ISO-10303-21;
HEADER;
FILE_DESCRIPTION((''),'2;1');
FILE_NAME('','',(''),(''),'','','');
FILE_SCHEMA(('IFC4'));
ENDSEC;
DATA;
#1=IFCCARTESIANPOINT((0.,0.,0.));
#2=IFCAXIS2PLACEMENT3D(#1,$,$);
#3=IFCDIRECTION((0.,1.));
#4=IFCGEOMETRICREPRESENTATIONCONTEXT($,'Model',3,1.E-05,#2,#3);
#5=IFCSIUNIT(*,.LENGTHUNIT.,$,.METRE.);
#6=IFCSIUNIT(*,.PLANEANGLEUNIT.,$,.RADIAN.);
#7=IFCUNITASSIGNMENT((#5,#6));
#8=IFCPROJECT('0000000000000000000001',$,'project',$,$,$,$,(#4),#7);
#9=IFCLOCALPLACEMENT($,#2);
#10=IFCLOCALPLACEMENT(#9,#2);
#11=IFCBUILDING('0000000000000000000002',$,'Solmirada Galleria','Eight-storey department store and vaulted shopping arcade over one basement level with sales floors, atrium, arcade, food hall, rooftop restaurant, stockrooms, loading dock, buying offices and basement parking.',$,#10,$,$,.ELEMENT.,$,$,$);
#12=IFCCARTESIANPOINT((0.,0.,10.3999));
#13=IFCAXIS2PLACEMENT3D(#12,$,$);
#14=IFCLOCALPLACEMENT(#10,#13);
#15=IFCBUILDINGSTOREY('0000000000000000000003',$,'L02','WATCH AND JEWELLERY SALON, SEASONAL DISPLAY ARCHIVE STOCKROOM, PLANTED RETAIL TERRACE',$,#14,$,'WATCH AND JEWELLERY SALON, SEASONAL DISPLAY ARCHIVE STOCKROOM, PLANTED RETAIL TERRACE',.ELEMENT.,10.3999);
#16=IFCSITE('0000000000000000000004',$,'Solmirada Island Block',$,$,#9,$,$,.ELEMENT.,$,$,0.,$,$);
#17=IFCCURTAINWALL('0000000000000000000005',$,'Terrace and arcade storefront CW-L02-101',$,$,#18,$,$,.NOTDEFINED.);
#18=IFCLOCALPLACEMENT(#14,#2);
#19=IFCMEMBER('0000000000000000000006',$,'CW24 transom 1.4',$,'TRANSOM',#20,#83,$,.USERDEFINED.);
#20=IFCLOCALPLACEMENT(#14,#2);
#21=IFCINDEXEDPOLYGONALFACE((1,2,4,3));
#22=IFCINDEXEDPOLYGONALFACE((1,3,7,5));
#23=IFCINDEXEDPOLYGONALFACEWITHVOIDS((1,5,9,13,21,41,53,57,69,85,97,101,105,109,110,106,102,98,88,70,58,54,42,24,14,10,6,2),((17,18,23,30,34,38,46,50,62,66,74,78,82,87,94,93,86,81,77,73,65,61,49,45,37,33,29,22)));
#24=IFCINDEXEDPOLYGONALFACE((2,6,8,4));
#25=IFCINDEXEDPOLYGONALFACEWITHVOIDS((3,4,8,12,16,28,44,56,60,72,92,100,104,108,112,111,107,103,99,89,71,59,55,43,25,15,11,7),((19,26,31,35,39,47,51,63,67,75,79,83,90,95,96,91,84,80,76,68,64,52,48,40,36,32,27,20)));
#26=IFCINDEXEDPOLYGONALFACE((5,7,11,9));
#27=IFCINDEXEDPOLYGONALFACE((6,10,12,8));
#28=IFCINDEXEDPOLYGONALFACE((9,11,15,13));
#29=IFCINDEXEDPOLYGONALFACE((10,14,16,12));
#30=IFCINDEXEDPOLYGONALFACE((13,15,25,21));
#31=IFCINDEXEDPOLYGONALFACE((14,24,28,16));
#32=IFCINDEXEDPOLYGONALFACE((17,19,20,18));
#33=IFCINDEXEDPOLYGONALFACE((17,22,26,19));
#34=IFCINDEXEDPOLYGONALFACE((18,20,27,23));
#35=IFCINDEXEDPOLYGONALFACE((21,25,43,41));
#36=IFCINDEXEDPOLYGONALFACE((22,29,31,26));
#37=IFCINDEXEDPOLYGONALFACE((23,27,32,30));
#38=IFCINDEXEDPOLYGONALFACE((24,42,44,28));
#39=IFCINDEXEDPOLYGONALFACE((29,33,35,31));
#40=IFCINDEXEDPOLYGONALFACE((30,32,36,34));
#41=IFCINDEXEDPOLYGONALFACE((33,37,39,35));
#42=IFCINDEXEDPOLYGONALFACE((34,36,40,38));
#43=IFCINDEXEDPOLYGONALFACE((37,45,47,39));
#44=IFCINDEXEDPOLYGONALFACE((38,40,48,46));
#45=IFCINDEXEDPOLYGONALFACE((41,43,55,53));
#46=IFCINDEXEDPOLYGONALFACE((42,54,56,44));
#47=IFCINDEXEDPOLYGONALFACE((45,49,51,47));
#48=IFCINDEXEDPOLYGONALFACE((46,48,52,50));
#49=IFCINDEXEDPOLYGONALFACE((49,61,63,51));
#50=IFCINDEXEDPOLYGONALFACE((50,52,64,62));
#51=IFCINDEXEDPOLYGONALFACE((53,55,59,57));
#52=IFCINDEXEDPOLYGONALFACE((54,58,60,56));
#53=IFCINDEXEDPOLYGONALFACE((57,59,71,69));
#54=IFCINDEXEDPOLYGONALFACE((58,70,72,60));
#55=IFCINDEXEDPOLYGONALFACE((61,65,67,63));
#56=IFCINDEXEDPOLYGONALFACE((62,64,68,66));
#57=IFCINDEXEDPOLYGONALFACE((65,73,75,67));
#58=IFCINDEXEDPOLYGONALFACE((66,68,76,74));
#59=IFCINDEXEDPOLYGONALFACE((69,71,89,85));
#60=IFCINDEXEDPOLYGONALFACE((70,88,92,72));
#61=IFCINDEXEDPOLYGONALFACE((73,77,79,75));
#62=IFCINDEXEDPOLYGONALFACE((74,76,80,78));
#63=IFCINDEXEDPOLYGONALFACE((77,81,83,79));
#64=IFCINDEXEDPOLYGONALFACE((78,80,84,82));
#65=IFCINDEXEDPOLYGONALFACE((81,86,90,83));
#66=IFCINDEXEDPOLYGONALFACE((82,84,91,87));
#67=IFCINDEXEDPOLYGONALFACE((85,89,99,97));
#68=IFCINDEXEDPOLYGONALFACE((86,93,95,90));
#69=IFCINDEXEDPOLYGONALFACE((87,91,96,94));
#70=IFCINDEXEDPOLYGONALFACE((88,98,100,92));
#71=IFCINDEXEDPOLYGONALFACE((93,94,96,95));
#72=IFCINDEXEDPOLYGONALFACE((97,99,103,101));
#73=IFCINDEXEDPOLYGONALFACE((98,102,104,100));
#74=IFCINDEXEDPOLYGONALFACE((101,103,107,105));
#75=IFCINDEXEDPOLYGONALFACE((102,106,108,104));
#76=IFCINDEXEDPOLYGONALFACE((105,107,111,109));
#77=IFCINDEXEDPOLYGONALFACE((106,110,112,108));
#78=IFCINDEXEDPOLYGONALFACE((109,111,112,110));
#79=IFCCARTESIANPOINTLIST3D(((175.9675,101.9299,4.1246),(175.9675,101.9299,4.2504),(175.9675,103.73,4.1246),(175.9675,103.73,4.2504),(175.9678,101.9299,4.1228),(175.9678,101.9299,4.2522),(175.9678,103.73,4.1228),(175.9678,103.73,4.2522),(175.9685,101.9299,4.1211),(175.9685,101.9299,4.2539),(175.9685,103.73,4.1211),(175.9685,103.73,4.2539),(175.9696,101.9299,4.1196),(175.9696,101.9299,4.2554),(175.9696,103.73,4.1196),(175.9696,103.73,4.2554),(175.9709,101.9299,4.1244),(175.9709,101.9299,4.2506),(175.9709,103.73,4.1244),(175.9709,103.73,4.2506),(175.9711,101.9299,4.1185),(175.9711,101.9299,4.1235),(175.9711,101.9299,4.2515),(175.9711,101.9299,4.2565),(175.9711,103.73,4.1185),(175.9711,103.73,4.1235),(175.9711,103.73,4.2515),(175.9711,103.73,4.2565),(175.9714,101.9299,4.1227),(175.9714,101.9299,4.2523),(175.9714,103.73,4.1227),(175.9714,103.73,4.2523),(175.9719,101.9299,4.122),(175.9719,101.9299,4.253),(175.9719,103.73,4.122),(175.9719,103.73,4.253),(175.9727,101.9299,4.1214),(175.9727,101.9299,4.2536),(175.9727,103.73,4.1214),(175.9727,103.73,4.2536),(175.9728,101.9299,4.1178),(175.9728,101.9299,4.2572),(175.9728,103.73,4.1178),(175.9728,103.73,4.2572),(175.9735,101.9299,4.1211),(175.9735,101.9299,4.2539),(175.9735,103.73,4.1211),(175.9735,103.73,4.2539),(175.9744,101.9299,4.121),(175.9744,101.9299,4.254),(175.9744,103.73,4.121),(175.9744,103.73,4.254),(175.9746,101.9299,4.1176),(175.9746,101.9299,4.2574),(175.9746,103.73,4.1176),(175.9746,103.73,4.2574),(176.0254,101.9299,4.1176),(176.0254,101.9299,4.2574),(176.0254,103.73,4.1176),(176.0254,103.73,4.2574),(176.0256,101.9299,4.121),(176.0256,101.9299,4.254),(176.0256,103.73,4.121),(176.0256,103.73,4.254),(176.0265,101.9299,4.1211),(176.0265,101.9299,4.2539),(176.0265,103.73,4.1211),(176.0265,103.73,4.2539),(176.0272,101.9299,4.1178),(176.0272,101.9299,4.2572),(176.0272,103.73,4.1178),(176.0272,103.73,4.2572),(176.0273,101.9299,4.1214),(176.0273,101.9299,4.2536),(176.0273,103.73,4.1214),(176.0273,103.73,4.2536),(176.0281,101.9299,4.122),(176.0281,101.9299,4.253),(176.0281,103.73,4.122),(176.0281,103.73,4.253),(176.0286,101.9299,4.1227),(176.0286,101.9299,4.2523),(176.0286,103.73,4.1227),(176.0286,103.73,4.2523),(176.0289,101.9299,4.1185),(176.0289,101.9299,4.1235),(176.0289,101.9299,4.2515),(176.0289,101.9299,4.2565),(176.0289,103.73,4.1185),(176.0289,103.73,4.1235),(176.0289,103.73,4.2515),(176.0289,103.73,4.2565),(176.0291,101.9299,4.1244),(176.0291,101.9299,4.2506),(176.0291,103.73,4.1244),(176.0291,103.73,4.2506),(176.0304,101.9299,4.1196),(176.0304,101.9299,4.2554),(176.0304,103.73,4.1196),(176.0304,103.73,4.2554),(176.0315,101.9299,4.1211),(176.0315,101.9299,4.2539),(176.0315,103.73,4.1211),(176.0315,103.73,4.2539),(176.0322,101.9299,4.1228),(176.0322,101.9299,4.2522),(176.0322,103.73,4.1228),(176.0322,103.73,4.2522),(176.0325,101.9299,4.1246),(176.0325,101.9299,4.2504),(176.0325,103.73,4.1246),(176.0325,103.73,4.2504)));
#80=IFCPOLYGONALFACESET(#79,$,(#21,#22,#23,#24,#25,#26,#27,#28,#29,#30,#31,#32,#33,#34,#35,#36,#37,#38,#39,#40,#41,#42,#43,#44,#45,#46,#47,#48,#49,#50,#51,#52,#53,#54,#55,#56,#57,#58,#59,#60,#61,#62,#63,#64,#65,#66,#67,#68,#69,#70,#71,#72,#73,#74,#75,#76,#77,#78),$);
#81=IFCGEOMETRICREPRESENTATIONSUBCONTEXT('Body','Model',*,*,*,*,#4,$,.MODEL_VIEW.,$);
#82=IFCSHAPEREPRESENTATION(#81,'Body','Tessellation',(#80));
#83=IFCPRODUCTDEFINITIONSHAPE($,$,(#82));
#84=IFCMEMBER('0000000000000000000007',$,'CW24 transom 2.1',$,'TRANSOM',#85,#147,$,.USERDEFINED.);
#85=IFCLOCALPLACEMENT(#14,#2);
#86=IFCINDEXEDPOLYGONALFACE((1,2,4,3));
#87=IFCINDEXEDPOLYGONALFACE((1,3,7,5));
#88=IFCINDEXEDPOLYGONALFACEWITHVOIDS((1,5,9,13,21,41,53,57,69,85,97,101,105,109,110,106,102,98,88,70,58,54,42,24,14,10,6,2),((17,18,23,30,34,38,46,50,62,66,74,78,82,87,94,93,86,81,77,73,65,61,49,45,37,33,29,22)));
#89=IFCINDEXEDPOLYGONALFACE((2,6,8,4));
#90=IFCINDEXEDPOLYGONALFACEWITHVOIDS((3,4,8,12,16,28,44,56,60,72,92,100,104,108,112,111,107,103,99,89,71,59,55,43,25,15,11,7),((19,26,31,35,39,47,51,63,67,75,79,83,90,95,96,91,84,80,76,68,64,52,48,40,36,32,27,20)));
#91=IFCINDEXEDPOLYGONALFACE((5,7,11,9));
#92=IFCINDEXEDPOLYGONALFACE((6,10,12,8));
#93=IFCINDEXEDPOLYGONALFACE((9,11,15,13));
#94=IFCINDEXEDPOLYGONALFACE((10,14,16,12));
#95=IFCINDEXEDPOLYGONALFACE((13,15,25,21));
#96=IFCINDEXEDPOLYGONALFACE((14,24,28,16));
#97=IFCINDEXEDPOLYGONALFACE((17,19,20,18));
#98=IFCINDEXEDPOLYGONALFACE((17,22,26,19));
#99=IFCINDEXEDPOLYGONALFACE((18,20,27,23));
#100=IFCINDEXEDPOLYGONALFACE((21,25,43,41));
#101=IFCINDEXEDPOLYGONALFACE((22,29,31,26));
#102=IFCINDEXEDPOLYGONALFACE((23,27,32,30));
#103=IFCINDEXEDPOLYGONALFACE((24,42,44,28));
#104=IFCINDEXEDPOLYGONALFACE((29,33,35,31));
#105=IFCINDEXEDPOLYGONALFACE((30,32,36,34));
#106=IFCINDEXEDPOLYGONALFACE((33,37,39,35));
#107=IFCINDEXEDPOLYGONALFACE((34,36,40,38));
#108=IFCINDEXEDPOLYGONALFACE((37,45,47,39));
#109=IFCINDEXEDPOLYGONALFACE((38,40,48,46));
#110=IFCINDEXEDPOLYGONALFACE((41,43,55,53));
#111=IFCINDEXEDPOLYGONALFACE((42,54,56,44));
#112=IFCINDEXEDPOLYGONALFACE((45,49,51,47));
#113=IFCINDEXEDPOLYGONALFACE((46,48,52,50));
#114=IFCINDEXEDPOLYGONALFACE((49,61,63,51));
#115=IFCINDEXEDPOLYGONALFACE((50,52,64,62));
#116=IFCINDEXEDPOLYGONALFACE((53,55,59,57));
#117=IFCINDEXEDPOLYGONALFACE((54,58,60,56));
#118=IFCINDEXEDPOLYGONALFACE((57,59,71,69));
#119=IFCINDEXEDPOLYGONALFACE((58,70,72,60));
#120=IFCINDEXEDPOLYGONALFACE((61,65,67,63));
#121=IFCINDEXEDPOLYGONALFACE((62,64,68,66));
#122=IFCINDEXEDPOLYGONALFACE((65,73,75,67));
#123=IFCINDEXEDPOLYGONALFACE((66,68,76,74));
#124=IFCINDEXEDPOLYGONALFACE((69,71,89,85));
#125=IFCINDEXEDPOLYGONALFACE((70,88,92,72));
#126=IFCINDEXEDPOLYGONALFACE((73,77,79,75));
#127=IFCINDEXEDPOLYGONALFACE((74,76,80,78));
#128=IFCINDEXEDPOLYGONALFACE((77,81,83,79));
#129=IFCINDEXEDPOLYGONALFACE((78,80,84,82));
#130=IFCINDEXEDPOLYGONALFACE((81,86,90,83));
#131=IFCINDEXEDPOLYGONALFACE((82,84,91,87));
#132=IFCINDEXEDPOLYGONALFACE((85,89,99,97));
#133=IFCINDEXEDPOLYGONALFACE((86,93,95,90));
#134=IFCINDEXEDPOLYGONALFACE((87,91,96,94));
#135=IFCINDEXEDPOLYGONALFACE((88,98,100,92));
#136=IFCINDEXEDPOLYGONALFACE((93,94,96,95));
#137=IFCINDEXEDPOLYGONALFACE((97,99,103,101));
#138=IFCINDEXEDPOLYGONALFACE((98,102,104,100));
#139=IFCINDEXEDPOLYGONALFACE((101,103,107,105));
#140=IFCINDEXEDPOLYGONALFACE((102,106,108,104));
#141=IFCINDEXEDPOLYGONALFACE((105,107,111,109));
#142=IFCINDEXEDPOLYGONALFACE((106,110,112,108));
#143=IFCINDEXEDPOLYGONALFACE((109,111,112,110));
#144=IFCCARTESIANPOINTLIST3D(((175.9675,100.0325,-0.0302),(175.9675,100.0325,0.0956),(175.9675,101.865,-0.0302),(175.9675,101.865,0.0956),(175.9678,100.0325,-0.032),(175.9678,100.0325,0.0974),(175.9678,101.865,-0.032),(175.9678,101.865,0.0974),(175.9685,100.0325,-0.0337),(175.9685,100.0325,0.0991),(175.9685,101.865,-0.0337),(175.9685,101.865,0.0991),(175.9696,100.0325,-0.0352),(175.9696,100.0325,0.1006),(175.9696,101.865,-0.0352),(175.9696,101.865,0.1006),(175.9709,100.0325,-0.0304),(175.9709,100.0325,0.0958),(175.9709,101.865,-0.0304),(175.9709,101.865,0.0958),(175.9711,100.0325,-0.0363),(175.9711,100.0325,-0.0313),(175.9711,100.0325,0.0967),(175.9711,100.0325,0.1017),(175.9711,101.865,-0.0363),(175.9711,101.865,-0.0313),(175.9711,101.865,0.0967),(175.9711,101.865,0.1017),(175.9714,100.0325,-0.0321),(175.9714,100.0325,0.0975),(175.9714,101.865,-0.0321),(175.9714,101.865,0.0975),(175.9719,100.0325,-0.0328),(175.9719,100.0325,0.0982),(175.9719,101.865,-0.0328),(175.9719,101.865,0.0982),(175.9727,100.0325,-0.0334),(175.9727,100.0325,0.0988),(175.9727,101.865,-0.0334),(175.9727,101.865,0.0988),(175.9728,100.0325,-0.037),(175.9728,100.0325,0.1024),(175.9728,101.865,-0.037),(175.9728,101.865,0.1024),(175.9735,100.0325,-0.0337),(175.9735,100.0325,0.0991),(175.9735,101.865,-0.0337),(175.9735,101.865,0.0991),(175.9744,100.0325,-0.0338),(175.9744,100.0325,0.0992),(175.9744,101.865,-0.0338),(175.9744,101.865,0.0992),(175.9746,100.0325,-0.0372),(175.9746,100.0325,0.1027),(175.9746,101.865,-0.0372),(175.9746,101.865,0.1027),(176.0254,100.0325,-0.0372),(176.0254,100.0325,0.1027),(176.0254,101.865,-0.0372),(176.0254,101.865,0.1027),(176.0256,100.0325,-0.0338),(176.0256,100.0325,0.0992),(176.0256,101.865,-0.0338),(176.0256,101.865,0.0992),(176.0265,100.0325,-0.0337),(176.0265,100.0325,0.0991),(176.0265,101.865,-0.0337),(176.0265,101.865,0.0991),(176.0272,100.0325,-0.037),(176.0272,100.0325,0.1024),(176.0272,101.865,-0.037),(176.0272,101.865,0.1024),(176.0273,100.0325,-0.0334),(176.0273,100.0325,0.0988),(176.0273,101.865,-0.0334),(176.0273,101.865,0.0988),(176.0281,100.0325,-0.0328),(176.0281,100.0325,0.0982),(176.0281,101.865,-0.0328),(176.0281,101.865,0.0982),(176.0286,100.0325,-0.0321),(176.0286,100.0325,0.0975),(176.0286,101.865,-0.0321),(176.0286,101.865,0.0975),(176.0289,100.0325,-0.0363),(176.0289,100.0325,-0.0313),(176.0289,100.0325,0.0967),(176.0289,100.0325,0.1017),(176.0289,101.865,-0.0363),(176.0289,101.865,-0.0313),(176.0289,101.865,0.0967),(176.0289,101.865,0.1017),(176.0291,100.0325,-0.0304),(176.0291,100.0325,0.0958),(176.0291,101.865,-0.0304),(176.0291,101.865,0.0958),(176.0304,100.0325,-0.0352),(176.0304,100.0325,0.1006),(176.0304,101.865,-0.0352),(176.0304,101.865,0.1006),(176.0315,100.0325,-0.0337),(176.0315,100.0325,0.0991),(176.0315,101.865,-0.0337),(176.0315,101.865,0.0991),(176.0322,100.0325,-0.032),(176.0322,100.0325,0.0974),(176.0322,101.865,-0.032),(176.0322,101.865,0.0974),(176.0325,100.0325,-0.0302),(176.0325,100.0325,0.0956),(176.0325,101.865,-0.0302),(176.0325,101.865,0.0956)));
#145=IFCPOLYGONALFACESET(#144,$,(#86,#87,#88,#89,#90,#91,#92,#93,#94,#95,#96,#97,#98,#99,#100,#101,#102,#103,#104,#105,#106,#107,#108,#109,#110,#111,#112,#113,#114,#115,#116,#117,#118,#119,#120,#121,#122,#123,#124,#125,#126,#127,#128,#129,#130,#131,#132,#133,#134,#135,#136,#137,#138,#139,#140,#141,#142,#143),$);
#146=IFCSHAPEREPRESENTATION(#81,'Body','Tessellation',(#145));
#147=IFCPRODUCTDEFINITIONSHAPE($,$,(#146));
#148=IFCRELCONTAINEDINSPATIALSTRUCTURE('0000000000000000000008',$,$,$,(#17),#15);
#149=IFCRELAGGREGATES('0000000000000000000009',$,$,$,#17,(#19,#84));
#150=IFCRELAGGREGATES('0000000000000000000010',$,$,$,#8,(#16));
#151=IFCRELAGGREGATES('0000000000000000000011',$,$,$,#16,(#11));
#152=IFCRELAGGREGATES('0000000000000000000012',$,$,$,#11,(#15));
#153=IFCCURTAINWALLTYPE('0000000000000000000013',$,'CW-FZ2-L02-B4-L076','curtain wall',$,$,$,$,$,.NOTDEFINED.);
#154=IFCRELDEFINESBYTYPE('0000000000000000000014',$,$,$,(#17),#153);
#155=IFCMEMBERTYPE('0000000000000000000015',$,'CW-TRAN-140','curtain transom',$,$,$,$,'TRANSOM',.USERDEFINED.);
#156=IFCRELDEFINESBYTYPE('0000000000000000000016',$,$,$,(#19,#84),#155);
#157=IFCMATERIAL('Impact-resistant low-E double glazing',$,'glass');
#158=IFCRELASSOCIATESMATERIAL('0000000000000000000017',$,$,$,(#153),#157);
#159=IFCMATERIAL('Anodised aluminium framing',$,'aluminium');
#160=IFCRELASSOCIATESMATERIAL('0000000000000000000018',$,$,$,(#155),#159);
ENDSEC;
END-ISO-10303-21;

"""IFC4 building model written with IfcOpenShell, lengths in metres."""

from ifc_helpers import new_model, si_unit, direction, frame, origin, origin_2d, place, context, subcontext, project, spatial, hollow_rectangle, extrude, material, material_profile, profile_set, type_object, element, aggregate, save


model = new_model("IFC4")

# Units and contexts
model_context = context("Model", 3, precision=1e-05, world=origin(), true_north=direction((0.0, 1.0)))
body_context = subcontext(model_context, "Body", "Model", "MODEL_VIEW")
ifc_project = project(units=[si_unit("LENGTHUNIT", "METRE"), si_unit("PLANEANGLEUNIT", "RADIAN")], contexts=[model_context])

# Site, building, storey
site_placement = place(None, origin())
site = spatial("IfcSite", under=ifc_project, at=site_placement, Name="Solmirada Island Block", CompositionType="ELEMENT", RefElevation=0.0)
building_placement = place(site_placement, origin())
building = spatial("IfcBuilding", under=site, at=building_placement, Name="Solmirada Galleria", Description="Eight-storey department store and vaulted shopping arcade over one basement level with sales floors, atrium, arcade, food hall, rooftop restaurant, stockrooms, loading dock, buying offices and basement parking.", CompositionType="ELEMENT")
storey_placement = place(building_placement, frame((0.0, 0.0, 10.3999)))
storey = spatial("IfcBuildingStorey", under=building, at=storey_placement, Name="L02", Description="WATCH AND JEWELLERY SALON, SEASONAL DISPLAY ARCHIVE STOCKROOM, PLANTED RETAIL TERRACE", LongName="WATCH AND JEWELLERY SALON, SEASONAL DISPLAY ARCHIVE STOCKROOM, PLANTED RETAIL TERRACE", CompositionType="ELEMENT", Elevation=10.3999)

# Curtain wall, members
ifc_material_1 = material(Name="Impact-resistant low-E double glazing", Category="glass")
curtain_wall_type = type_object("IfcCurtainWallType", Name="CW-FZ2-L02-B4-L076", Description="curtain wall", PredefinedType="NOTDEFINED", material=ifc_material_1)
curtain_wall_placement = place(storey_placement, origin())
curtain_wall = element("IfcCurtainWall", 1, at=curtain_wall_placement, inside=storey, type_object=curtain_wall_type, Name="Terrace and arcade storefront CW-L02-101", PredefinedType="NOTDEFINED")
ifc_material_2 = material(Name="Anodised aluminium framing", Category="aluminium")
ifc_material_profile_1 = material_profile(ifc_material_2, hollow_rectangle(XDim=0.0649, YDim=0.1399, WallThickness=0.0034, InnerFilletRadius=0.0034, OuterFilletRadius=0.0071, at=origin_2d()), Name="ALU-TRAN-140X65")
ifc_profile_set_1 = profile_set([ifc_material_profile_1], Name="Anodised aluminium framing")
member_type_1 = type_object("IfcMemberType", Name="CW-TRAN-140", Description="curtain transom", ElementType="TRANSOM", PredefinedType="USERDEFINED", material=ifc_profile_set_1)
member_1_placement = place(storey_placement, frame((176.0, 103.73, 4.1875), z_axis=(0.0, -1.0, 0.0), x_axis=(1.0, 0.0, 0.0)))
member_1 = element("IfcMember", 2, at=member_1_placement, type_object=member_type_1, Name="CW24 transom 1.4", ObjectType="TRANSOM", PredefinedType="USERDEFINED", context=body_context, shape_type="SweptSolid", body=[
    extrude(hollow_rectangle(XDim=0.0649, YDim=0.1399, WallThickness=0.0034, InnerFilletRadius=0.0034, OuterFilletRadius=0.0071, at=origin_2d()), origin(), (0.0, 0.0, 1.0), 1.8),
])
member_2_placement = place(storey_placement, frame((176.0, 101.865, 0.0327), z_axis=(0.0, -1.0, 0.0), x_axis=(1.0, 0.0, 0.0)))
member_2 = element("IfcMember", 3, at=member_2_placement, type_object=member_type_1, Name="CW24 transom 2.1", ObjectType="TRANSOM", PredefinedType="USERDEFINED", context=body_context, shape_type="SweptSolid", body=[
    extrude(hollow_rectangle(XDim=0.0649, YDim=0.1399, WallThickness=0.0034, InnerFilletRadius=0.0034, OuterFilletRadius=0.0071, at=origin_2d()), origin(), (0.0, 0.0, 1.0), 1.8325),
])
aggregate(curtain_wall, [member_1, member_2])

save(model, "model.ifc")
